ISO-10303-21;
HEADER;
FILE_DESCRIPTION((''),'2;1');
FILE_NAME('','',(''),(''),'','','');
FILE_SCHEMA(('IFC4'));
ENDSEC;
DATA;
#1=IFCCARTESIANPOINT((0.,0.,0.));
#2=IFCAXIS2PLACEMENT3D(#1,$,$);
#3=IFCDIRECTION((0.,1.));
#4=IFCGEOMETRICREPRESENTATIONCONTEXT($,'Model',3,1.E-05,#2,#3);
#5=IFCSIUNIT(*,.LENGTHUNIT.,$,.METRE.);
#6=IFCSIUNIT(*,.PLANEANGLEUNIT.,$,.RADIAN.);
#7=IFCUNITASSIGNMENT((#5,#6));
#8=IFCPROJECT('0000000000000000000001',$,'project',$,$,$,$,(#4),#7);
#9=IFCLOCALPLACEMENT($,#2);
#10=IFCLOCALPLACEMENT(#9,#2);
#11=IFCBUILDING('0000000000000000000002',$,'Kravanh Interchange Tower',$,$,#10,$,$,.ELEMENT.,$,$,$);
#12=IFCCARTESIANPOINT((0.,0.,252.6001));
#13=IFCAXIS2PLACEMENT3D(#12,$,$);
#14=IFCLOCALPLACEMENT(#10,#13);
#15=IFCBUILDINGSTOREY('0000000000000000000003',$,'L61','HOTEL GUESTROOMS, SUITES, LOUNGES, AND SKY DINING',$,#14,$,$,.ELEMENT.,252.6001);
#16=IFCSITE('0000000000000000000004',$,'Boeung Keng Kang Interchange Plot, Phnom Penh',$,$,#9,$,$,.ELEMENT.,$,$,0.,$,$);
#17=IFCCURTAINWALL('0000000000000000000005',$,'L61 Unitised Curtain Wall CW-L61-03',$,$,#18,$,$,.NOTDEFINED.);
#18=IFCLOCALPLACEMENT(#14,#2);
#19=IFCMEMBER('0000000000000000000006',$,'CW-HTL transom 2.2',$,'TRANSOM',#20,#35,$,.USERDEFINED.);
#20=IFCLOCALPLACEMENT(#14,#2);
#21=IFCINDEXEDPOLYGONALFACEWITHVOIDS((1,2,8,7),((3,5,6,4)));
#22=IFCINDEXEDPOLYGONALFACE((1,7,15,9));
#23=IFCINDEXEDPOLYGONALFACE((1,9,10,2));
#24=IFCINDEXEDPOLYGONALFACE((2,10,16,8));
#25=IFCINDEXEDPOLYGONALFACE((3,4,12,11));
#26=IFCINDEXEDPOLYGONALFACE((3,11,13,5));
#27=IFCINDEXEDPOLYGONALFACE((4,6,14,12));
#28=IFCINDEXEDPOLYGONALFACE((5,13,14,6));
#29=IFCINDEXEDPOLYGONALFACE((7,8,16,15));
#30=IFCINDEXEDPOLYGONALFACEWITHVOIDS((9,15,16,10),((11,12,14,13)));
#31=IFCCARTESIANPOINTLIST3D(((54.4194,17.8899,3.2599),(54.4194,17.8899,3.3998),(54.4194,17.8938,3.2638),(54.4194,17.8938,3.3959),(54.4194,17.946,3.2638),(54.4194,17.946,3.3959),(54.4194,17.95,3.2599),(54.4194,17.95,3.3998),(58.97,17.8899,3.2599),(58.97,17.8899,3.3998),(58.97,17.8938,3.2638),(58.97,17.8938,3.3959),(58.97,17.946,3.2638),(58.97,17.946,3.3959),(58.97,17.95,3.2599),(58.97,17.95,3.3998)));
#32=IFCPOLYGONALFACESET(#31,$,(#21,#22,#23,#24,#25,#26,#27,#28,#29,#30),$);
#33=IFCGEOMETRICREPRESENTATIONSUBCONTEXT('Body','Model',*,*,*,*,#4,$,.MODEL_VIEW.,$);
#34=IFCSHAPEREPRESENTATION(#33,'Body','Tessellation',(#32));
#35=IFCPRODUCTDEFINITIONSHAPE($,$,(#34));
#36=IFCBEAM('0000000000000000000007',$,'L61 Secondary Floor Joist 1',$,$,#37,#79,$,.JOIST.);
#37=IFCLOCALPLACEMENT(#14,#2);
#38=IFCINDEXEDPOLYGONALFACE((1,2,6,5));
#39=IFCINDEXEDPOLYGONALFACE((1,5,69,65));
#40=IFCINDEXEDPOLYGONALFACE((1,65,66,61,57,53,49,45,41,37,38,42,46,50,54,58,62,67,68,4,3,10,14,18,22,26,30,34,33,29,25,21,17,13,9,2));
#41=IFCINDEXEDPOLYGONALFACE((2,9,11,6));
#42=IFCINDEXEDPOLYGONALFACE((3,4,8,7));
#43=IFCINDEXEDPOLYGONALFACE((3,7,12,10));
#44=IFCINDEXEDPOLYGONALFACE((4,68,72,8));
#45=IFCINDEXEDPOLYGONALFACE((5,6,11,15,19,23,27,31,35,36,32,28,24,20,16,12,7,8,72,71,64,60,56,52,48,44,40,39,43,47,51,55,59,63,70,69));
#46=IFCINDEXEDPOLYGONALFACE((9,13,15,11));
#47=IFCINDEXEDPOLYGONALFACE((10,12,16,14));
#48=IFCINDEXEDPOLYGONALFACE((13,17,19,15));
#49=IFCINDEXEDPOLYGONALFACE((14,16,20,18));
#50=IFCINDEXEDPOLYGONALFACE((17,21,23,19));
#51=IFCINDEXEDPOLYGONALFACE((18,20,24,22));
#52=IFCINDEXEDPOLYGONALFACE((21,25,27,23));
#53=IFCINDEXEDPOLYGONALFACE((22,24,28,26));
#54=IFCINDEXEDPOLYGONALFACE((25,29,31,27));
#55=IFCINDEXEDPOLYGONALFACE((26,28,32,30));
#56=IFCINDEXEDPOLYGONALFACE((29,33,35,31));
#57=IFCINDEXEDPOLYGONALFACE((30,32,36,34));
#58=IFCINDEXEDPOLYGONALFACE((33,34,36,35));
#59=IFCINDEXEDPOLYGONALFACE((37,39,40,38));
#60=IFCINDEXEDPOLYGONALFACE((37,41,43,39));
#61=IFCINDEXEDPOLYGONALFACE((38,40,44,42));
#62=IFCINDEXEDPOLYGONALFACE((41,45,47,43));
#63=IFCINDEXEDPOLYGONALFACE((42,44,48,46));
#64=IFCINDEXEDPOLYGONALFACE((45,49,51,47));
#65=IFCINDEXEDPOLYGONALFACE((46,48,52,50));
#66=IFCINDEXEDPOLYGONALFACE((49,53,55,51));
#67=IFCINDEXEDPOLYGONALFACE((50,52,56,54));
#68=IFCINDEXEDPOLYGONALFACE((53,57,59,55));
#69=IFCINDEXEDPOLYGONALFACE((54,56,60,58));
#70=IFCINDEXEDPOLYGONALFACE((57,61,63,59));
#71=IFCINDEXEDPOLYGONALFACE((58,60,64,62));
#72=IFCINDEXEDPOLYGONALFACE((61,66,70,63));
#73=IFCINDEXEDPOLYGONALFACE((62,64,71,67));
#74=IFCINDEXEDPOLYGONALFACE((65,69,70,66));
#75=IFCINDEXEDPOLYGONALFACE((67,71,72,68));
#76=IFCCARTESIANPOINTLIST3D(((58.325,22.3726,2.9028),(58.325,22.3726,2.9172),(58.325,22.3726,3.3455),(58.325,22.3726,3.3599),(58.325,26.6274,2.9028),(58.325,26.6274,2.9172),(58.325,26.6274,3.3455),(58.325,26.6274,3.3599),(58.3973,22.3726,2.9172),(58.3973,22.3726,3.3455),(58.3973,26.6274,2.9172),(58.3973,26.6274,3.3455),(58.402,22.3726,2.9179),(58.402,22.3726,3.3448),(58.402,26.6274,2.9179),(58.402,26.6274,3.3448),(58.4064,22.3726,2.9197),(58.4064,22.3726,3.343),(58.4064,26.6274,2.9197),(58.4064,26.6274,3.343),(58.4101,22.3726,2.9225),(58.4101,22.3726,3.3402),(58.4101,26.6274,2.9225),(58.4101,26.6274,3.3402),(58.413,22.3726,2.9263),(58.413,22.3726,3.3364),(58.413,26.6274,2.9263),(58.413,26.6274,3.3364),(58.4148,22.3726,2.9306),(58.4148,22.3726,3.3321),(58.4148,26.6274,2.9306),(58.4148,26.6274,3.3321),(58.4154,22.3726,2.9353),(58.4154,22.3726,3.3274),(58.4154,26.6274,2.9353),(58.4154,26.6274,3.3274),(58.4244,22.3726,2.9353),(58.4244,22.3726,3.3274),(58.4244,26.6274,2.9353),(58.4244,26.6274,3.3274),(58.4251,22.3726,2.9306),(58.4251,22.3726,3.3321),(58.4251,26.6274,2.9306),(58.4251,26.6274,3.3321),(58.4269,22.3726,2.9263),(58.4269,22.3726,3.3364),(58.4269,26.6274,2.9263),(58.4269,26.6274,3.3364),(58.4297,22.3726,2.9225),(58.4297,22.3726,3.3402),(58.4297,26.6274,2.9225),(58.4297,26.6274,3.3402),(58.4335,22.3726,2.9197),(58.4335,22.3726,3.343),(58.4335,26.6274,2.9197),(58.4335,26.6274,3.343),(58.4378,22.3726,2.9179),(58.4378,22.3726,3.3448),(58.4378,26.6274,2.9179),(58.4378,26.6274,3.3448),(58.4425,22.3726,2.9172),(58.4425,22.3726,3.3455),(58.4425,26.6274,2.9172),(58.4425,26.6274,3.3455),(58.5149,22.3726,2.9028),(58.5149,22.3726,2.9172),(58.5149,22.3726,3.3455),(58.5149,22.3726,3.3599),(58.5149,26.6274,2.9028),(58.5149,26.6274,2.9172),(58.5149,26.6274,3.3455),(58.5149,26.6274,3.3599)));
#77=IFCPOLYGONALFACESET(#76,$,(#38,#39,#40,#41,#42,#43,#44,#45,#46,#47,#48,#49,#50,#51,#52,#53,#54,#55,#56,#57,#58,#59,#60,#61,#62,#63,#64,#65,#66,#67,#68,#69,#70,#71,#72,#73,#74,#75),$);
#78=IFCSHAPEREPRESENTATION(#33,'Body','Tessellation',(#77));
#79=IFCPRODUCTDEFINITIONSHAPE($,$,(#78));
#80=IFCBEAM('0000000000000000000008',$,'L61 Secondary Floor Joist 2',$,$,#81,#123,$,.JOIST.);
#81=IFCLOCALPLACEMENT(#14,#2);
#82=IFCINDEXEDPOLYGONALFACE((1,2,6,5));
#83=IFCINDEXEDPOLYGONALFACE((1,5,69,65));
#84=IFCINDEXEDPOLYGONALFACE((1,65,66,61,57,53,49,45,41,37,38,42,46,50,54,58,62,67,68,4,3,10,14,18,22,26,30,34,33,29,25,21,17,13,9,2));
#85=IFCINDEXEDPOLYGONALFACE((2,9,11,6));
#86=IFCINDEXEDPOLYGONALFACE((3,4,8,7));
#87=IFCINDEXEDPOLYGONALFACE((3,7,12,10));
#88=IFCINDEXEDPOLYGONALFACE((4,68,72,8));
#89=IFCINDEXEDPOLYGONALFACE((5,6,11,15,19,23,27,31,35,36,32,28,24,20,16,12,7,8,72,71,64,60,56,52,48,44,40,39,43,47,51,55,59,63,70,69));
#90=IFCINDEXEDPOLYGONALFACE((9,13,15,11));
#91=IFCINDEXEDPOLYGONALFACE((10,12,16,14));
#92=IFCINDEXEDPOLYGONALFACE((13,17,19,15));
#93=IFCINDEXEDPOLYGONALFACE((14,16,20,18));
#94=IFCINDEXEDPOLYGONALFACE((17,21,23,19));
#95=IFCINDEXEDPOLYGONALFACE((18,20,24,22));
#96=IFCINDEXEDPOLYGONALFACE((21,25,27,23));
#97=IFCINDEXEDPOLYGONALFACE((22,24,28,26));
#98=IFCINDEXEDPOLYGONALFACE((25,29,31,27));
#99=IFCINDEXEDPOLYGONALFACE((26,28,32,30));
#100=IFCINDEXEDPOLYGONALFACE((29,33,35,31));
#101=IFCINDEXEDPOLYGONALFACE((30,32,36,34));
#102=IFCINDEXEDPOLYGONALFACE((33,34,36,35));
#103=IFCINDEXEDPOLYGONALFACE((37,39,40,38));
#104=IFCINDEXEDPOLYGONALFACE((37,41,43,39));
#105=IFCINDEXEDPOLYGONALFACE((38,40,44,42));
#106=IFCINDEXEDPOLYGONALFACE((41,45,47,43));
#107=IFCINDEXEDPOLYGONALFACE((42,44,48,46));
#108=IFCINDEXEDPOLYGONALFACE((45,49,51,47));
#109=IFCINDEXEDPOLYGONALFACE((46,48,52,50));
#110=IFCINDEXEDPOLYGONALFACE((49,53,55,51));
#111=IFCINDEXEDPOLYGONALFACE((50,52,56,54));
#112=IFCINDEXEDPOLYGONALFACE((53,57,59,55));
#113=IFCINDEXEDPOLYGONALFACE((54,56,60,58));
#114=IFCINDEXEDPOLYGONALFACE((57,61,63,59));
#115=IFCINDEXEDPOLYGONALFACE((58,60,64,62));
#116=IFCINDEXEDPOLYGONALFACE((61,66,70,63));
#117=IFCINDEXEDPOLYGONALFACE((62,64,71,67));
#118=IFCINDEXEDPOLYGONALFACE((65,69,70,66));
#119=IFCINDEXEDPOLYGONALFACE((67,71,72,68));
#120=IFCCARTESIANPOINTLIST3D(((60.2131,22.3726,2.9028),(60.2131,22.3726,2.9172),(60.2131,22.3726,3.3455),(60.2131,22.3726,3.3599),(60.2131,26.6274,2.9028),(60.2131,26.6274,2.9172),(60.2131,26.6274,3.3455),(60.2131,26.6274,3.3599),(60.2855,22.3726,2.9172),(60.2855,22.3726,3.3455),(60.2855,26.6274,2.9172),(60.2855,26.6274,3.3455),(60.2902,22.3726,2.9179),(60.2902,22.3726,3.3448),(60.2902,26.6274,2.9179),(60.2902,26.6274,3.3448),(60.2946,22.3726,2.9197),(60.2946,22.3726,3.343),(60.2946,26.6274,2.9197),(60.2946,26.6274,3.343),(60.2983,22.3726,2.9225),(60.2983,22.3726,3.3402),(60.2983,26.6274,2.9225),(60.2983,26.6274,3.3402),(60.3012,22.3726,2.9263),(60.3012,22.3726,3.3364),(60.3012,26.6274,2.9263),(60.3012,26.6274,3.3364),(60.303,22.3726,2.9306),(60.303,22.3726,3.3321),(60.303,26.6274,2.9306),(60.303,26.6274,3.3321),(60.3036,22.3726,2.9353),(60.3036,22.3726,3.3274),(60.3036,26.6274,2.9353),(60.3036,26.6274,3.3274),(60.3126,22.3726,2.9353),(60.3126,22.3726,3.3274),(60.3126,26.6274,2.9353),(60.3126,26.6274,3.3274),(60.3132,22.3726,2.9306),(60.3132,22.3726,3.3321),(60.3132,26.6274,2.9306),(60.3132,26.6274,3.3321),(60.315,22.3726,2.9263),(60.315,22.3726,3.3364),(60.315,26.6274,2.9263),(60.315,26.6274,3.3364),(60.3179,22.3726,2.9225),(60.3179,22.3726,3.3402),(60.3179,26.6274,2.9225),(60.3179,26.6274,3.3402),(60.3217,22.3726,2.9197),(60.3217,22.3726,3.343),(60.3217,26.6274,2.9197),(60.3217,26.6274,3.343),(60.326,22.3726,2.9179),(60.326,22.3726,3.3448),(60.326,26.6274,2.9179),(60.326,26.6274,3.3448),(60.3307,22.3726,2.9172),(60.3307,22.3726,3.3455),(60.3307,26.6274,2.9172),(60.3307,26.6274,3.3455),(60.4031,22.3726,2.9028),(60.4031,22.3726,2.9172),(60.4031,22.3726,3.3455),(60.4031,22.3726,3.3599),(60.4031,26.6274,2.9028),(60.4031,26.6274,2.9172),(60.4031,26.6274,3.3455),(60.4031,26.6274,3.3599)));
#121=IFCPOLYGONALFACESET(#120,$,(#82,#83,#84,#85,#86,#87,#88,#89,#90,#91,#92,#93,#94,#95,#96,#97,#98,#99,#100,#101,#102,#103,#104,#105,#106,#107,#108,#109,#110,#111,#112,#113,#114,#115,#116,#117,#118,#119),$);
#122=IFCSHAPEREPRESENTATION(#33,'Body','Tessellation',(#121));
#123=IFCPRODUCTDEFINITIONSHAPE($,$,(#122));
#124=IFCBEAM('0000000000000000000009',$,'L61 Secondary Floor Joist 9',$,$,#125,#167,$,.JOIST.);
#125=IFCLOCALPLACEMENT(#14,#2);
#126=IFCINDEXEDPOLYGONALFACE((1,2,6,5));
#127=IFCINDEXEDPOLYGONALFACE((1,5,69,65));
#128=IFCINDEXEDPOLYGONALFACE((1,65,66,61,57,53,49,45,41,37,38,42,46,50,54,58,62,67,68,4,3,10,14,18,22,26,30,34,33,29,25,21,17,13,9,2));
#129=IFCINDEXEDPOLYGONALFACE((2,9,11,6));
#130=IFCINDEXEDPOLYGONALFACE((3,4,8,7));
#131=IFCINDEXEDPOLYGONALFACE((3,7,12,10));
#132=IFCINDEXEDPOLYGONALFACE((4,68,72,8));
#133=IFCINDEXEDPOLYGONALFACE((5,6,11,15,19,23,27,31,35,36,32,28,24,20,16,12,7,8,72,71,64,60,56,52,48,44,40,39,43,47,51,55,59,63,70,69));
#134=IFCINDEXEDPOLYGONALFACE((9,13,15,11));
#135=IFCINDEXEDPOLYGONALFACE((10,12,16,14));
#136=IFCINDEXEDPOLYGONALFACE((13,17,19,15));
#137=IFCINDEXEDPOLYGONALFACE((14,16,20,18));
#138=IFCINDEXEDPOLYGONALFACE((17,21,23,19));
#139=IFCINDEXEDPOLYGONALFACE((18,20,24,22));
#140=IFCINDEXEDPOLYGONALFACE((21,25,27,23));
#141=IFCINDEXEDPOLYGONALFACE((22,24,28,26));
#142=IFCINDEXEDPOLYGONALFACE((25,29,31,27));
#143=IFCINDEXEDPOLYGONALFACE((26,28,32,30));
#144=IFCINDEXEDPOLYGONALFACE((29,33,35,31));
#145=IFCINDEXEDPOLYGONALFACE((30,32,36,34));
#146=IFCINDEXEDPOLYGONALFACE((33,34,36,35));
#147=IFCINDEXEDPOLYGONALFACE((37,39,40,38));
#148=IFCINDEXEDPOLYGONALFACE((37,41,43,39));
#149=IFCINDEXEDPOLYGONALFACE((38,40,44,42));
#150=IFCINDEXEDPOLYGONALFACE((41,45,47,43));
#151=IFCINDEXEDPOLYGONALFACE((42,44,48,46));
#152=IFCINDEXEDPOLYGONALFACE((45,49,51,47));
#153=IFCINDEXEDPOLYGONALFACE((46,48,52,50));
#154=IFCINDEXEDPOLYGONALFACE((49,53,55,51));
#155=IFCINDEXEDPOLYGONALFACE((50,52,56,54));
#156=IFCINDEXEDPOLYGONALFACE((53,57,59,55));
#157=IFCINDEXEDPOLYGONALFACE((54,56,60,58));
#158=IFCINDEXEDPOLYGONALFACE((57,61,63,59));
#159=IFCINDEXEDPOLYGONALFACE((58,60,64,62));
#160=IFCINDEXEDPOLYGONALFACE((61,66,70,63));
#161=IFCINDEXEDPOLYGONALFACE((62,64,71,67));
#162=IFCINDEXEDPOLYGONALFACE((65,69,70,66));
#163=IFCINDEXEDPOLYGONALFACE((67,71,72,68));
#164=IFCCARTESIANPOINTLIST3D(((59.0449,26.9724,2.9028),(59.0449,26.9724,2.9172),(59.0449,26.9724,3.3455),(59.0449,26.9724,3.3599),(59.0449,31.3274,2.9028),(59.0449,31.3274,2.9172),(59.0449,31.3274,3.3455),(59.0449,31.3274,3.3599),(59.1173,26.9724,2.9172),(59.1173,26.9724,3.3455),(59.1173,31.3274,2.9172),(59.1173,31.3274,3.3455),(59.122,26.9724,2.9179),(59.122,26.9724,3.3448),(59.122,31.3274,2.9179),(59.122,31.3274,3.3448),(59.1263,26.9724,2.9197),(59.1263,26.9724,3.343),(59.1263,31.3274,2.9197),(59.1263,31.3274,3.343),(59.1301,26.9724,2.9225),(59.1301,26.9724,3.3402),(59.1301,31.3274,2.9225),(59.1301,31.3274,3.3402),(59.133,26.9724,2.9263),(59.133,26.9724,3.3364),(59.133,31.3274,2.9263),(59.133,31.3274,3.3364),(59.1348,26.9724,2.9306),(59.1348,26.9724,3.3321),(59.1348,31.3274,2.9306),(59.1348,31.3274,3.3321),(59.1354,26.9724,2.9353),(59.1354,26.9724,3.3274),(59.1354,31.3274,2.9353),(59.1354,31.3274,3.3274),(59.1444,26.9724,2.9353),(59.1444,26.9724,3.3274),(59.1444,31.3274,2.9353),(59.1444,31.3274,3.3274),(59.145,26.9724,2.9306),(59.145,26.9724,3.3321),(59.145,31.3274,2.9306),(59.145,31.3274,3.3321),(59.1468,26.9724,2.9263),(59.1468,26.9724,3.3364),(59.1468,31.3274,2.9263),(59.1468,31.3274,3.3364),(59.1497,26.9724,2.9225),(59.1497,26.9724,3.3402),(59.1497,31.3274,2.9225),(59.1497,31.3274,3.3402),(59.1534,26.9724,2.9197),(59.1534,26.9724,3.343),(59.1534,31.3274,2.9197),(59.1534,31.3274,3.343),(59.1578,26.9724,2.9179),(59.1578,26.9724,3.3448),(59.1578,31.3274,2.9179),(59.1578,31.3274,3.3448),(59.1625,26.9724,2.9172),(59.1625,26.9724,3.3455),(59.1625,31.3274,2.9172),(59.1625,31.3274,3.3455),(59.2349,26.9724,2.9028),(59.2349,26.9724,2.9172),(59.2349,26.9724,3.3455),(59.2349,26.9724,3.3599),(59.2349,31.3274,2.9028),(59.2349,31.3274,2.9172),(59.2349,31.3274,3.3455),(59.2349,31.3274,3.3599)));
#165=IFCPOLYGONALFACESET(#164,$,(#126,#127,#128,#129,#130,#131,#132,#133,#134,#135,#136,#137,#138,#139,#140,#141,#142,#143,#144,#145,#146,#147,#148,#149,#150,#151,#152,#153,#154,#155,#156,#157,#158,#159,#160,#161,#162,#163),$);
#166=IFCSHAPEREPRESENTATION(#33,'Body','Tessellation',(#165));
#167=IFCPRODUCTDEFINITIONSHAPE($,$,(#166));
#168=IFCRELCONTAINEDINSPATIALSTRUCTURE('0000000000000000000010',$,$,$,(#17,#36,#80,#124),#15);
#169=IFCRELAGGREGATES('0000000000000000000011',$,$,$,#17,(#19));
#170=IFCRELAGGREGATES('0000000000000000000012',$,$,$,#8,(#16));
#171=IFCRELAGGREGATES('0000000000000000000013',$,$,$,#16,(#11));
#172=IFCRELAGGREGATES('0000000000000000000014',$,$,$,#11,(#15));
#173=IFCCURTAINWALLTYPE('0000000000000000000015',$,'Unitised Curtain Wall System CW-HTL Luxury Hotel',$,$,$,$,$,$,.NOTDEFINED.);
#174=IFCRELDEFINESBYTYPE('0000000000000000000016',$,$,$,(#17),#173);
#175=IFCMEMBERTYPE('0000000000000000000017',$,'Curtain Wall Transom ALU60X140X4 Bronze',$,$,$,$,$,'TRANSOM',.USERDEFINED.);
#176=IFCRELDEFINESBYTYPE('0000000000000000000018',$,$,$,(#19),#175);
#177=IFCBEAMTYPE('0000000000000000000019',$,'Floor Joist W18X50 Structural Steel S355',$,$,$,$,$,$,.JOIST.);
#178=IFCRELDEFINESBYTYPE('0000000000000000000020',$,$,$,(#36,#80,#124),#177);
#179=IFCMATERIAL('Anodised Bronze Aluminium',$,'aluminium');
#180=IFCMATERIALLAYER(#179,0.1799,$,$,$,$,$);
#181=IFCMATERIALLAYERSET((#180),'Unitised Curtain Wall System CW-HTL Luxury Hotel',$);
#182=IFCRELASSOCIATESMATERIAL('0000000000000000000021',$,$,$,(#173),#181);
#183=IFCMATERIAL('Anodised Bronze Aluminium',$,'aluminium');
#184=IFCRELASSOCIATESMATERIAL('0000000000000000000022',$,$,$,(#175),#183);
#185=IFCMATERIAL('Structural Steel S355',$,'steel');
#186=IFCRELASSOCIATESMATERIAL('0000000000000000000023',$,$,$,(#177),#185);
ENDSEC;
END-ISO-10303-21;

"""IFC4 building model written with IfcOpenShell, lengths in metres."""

from ifc_helpers import new_model, si_unit, direction, frame, origin, origin_2d, place, context, subcontext, project, spatial, hollow_rectangle, i_section, extrude, material, layer, layer_set, material_profile, profile_set, type_object, element, aggregate, save


model = new_model("IFC4")

# Units and contexts
model_context = context("Model", 3, precision=1e-05, world=origin(), true_north=direction((0.0, 1.0)))
body_context = subcontext(model_context, "Body", "Model", "MODEL_VIEW")
ifc_project = project(units=[si_unit("LENGTHUNIT", "METRE"), si_unit("PLANEANGLEUNIT", "RADIAN")], contexts=[model_context])

# Site, building, storey
site_placement = place(None, origin())
site = spatial("IfcSite", under=ifc_project, at=site_placement, Name="Boeung Keng Kang Interchange Plot, Phnom Penh", CompositionType="ELEMENT", RefElevation=0.0)
building_placement = place(site_placement, origin())
building = spatial("IfcBuilding", under=site, at=building_placement, Name="Kravanh Interchange Tower", CompositionType="ELEMENT")
storey_placement = place(building_placement, frame((0.0, 0.0, 252.6001)))
storey = spatial("IfcBuildingStorey", under=building, at=storey_placement, Name="L61", Description="HOTEL GUESTROOMS, SUITES, LOUNGES, AND SKY DINING", CompositionType="ELEMENT", Elevation=252.6001)

# Curtain wall
ifc_material_1 = material(Name="Anodised Bronze Aluminium", Category="aluminium")
ifc_layer_1 = layer(ifc_material_1, 0.1799)
ifc_layer_set_1 = layer_set([ifc_layer_1], Name="Unitised Curtain Wall System CW-HTL Luxury Hotel")
curtain_wall_type = type_object("IfcCurtainWallType", Name="Unitised Curtain Wall System CW-HTL Luxury Hotel", PredefinedType="NOTDEFINED", material=ifc_layer_set_1)
curtain_wall_1_placement = place(storey_placement, origin())
curtain_wall_1 = element("IfcCurtainWall", 1, at=curtain_wall_1_placement, inside=storey, type_object=curtain_wall_type, Name="L61 Unitised Curtain Wall CW-L61-03", PredefinedType="NOTDEFINED")

# Member
ifc_material_2 = material(Name="Anodised Bronze Aluminium", Category="aluminium")
ifc_material_profile_1 = material_profile(ifc_material_2, hollow_rectangle(XDim=0.0601, YDim=0.1399, WallThickness=0.0039, at=origin_2d()), Name="ALU60X140X4")
ifc_profile_set_1 = profile_set([ifc_material_profile_1], Name="Anodised Bronze Aluminium")
member_type_1 = type_object("IfcMemberType", Name="Curtain Wall Transom ALU60X140X4 Bronze", ElementType="TRANSOM", PredefinedType="USERDEFINED", material=ifc_profile_set_1)
member_1_placement = place(storey_placement, frame((58.97, 17.9199, 3.3298), z_axis=(-1.0, 0.0, 0.0), x_axis=(0.0, -1.0, 0.0)))
member_1 = element("IfcMember", 2, at=member_1_placement, type_object=member_type_1, Name="CW-HTL transom 2.2", ObjectType="TRANSOM", PredefinedType="USERDEFINED", context=body_context, shape_type="SweptSolid", body=[
    extrude(hollow_rectangle(XDim=0.0601, YDim=0.1399, WallThickness=0.0039, at=origin_2d()), origin(), (0.0, 0.0, 1.0), 4.5505),
])

# Beams
ifc_material_3 = material(Name="Structural Steel S355", Category="steel")
ifc_material_profile_2 = material_profile(ifc_material_3, i_section(OverallWidth=0.1899, OverallDepth=0.457, WebThickness=0.009, FlangeThickness=0.0144, FilletRadius=0.0181, at=origin_2d()), Name="W18X50")
ifc_profile_set_2 = profile_set([ifc_material_profile_2], Name="Structural Steel S355")
beam_type_1 = type_object("IfcBeamType", Name="Floor Joist W18X50 Structural Steel S355", PredefinedType="JOIST", material=ifc_profile_set_2)
for number, where, z_axis, x_axis, name in (
    (3, (58.4199, 22.3726, 3.1313), (0.0, 1.0, 0.0), (-1.0, 0.0, 0.0), "L61 Secondary Floor Joist 1"),
    (4, (60.3081, 22.3726, 3.1313), (0.0, 1.0, 0.0), (-1.0, 0.0, 0.0), "L61 Secondary Floor Joist 2"),
):
    element("IfcBeam", number, at=place(storey_placement, frame(where, z_axis=z_axis, x_axis=x_axis)), inside=storey, type_object=beam_type_1, Name=name, PredefinedType="JOIST", context=body_context, shape_type="SweptSolid", body=[
        extrude(i_section(OverallWidth=0.1899, OverallDepth=0.457, WebThickness=0.009, FlangeThickness=0.0144, FilletRadius=0.0181, at=origin_2d()), origin(), (0.0, 0.0, 1.0), 4.2549),
    ])
for number, where, z_axis, x_axis, name in (
    (5, (59.1399, 26.9724, 3.1313), (0.0, 1.0, 0.0), (-1.0, 0.0, 0.0), "L61 Secondary Floor Joist 9"),
):
    element("IfcBeam", number, at=place(storey_placement, frame(where, z_axis=z_axis, x_axis=x_axis)), inside=storey, type_object=beam_type_1, Name=name, PredefinedType="JOIST", context=body_context, shape_type="SweptSolid", body=[
        extrude(i_section(OverallWidth=0.1899, OverallDepth=0.457, WebThickness=0.009, FlangeThickness=0.0144, FilletRadius=0.0181, at=origin_2d()), origin(), (0.0, 0.0, 1.0), 4.355),
    ])

aggregate(curtain_wall_1, [member_1])

save(model, "model.ifc")
